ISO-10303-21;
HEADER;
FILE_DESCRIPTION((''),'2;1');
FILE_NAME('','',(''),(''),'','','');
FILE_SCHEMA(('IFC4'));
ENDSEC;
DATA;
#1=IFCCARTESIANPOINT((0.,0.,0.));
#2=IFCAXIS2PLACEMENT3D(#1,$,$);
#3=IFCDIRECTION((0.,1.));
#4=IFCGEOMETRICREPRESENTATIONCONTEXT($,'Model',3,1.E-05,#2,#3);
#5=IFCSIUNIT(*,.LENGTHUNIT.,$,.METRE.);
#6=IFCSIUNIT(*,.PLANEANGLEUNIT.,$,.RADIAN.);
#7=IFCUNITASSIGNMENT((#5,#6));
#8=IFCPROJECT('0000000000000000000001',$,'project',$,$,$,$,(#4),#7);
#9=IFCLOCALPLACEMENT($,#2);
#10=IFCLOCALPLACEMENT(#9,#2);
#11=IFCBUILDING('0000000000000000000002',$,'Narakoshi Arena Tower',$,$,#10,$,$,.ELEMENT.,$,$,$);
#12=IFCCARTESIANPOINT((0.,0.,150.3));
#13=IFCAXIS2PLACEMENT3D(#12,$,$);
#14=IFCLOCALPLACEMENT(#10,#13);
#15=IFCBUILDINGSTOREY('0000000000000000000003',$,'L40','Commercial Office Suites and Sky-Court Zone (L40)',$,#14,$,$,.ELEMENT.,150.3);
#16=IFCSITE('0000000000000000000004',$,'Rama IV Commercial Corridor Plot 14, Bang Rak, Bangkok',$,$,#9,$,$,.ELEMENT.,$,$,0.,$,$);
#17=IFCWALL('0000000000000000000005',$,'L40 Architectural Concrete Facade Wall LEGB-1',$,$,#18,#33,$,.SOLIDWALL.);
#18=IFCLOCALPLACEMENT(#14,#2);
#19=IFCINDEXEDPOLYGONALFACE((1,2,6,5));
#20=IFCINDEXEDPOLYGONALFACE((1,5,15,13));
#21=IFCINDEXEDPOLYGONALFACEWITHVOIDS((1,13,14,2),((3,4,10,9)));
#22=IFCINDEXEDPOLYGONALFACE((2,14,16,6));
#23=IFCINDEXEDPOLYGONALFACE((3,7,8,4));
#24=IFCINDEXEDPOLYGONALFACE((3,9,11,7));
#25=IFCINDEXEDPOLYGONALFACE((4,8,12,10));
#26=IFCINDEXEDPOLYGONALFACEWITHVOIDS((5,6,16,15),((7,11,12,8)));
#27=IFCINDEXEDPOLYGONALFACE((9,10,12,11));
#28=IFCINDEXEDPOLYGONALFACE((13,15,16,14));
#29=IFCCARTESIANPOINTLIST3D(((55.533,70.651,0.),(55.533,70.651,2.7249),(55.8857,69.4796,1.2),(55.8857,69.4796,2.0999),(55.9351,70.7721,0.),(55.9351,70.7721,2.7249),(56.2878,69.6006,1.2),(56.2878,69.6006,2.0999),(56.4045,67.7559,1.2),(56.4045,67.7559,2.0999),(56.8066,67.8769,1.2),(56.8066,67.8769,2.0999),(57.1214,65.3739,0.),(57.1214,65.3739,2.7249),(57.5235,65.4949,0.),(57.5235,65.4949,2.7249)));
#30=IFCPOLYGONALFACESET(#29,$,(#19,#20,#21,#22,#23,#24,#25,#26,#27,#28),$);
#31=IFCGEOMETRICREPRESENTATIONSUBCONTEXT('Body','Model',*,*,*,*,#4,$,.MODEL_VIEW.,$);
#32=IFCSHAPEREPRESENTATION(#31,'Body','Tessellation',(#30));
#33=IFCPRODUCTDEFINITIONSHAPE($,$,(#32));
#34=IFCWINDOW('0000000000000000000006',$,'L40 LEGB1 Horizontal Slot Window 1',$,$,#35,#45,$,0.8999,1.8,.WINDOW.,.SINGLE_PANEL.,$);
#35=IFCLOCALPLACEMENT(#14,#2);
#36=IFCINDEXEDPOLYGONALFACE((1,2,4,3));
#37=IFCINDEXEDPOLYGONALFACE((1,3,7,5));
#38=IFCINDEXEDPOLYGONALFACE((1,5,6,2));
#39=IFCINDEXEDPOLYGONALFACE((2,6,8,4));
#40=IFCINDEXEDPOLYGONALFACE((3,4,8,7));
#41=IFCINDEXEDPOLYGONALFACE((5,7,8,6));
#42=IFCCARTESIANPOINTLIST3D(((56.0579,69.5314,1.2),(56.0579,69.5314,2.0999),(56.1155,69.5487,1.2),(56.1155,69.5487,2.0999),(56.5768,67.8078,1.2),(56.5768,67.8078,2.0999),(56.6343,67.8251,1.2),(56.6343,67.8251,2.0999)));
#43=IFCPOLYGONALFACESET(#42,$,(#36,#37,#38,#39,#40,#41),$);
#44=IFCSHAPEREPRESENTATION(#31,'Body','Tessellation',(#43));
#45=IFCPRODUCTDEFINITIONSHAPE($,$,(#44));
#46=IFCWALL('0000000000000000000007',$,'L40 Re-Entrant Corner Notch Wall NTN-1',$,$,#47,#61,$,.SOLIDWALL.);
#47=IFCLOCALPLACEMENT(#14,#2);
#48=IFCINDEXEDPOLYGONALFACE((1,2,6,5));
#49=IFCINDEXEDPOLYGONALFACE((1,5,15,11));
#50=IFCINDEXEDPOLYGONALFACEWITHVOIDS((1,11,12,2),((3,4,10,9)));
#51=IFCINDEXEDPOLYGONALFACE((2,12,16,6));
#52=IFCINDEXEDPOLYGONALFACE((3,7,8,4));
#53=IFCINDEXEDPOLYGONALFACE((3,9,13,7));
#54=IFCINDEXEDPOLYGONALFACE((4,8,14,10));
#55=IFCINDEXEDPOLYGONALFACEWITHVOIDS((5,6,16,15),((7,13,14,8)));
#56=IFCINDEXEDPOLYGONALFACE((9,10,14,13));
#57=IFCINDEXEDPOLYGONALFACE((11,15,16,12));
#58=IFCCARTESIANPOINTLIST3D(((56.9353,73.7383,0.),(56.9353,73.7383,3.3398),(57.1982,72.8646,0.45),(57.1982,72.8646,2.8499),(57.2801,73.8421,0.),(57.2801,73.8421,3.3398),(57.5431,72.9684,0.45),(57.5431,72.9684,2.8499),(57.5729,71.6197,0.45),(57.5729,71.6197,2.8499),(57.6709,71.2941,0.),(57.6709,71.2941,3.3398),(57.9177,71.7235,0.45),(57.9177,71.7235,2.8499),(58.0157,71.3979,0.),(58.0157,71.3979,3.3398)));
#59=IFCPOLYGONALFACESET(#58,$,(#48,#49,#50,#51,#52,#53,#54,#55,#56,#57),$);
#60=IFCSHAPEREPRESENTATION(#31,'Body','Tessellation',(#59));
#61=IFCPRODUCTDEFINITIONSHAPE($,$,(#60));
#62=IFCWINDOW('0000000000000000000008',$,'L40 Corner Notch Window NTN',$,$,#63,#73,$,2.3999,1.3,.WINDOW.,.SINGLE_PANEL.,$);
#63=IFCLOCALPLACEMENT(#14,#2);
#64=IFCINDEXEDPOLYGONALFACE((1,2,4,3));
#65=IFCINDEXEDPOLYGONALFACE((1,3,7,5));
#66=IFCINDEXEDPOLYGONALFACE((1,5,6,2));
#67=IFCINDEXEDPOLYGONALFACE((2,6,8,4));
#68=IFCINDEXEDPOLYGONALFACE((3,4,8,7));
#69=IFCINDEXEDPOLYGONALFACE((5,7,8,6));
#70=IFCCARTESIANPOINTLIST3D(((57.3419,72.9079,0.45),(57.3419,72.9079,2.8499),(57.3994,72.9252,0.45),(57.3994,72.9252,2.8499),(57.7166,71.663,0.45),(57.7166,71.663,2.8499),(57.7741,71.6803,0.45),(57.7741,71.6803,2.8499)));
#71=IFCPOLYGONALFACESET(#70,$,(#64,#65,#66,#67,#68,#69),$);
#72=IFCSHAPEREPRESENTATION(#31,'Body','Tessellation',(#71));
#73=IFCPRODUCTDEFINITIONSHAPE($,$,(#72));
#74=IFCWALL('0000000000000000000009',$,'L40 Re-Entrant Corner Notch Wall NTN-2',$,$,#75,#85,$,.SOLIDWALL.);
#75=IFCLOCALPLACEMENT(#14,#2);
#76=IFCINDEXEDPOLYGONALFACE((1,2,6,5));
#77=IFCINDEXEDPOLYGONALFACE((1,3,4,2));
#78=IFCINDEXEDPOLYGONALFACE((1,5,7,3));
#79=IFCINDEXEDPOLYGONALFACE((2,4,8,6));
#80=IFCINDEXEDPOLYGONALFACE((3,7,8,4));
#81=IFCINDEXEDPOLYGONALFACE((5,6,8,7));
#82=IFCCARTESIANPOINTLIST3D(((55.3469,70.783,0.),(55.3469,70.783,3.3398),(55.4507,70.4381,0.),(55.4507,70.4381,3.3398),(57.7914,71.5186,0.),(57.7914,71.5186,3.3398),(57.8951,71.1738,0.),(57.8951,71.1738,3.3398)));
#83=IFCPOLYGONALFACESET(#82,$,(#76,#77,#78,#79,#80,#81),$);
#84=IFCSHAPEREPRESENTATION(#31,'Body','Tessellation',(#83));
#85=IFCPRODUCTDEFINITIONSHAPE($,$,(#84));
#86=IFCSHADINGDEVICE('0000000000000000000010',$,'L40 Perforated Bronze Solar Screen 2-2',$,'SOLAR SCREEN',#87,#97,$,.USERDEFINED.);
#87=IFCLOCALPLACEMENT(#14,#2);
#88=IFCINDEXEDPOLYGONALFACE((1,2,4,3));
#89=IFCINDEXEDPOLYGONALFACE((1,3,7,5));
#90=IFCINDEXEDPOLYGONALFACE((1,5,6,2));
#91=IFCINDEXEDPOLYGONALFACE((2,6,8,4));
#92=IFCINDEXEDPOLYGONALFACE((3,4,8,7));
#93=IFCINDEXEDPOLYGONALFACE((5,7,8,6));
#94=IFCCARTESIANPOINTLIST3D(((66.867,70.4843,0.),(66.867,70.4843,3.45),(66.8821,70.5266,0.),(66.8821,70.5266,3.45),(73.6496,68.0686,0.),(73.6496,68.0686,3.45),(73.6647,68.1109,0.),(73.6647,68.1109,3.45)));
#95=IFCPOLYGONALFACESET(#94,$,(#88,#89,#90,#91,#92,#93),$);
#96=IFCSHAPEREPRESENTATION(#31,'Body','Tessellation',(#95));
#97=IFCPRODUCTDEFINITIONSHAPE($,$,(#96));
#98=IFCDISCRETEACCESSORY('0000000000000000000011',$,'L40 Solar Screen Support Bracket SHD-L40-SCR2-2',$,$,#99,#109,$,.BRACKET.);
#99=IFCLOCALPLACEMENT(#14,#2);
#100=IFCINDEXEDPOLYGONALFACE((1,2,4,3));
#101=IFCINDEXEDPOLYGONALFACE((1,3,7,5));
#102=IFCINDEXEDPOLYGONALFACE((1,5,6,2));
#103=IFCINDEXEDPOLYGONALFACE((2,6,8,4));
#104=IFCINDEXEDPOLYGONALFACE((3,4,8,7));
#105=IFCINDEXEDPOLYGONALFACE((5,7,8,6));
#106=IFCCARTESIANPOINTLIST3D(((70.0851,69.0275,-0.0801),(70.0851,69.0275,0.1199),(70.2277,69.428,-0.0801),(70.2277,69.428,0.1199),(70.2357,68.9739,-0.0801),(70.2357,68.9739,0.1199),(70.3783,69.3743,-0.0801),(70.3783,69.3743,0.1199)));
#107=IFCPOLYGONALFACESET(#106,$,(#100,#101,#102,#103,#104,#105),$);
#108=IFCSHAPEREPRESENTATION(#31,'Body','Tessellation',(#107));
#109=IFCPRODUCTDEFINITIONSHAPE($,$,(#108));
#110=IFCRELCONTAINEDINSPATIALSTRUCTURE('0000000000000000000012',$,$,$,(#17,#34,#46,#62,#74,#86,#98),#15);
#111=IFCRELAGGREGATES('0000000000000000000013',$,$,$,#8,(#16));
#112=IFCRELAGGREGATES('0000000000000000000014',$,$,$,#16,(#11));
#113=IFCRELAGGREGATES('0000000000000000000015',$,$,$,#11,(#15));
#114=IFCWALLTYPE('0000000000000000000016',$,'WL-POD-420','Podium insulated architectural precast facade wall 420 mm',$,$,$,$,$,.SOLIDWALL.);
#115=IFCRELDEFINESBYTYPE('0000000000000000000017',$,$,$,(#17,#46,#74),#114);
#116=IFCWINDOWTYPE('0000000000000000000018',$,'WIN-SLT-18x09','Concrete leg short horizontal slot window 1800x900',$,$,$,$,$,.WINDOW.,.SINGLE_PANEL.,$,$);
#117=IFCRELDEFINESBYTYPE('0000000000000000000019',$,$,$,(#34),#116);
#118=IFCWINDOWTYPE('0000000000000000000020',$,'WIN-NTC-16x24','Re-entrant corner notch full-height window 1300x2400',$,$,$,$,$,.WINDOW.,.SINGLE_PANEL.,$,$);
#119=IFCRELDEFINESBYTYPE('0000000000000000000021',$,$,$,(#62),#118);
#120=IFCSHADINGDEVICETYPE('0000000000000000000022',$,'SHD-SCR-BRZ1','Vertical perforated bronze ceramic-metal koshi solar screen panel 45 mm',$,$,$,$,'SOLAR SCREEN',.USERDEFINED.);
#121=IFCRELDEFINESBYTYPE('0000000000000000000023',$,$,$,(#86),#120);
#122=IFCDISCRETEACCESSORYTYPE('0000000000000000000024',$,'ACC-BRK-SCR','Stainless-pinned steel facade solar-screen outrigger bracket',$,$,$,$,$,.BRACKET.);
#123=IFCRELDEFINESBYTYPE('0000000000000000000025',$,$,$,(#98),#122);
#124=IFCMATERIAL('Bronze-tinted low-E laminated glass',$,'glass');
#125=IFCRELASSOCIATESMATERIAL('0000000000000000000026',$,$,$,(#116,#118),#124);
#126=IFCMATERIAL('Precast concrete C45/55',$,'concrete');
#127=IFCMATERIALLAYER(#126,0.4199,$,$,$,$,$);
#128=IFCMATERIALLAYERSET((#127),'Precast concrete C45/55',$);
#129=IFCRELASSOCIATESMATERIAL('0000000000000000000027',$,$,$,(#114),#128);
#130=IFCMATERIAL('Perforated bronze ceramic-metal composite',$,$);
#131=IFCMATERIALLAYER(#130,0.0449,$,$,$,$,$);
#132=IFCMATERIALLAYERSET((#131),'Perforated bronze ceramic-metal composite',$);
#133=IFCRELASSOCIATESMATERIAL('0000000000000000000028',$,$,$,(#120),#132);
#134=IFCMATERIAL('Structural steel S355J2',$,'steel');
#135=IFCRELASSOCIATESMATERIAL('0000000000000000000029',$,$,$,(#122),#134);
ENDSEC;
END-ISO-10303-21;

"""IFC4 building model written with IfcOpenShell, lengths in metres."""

from ifc_helpers import new_model, si_unit, direction, frame, frame_2d, origin, origin_2d, place, context, subcontext, project, spatial, rectangle, extrude, material, layer, layer_set, type_object, element, fill, save


model = new_model("IFC4")

# Units and contexts
model_context = context("Model", 3, precision=1e-05, world=origin(), true_north=direction((0.0, 1.0)))
body_context = subcontext(model_context, "Body", "Model", "MODEL_VIEW")
ifc_project = project(units=[si_unit("LENGTHUNIT", "METRE"), si_unit("PLANEANGLEUNIT", "RADIAN")], contexts=[model_context])

# Site, building, storey
site_placement = place(None, origin())
site = spatial("IfcSite", under=ifc_project, at=site_placement, Name="Rama IV Commercial Corridor Plot 14, Bang Rak, Bangkok", CompositionType="ELEMENT", RefElevation=0.0)
building_placement = place(site_placement, origin())
building = spatial("IfcBuilding", under=site, at=building_placement, Name="Narakoshi Arena Tower", CompositionType="ELEMENT")
storey_placement = place(building_placement, frame((0.0, 0.0, 150.3)))
storey = spatial("IfcBuildingStorey", under=building, at=storey_placement, Name="L40", Description="Commercial Office Suites and Sky-Court Zone (L40)", CompositionType="ELEMENT", Elevation=150.3)

# Shared definitions
ifc_material_1 = material(Name="Structural steel S355J2", Category="steel")

# Shared definitions
ifc_material_2 = material(Name="Bronze-tinted low-E laminated glass", Category="glass")

# Shared definitions
window_type_1 = type_object("IfcWindowType", Name="WIN-SLT-18x09", Description="Concrete leg short horizontal slot window 1800x900", PartitioningType="SINGLE_PANEL", PredefinedType="WINDOW", material=ifc_material_2)

# Shared definitions
ifc_material_3 = material(Name="Precast concrete C45/55", Category="concrete")

# Walls, openings, windows
ifc_layer_1 = layer(ifc_material_3, 0.4199)
ifc_layer_set_1 = layer_set([ifc_layer_1], Name="Precast concrete C45/55")
wall_type_1 = type_object("IfcWallType", Name="WL-POD-420", Description="Podium insulated architectural precast facade wall 420 mm", PredefinedType="SOLIDWALL", material=ifc_layer_set_1)
wall_1_placement = place(storey_placement, frame((55.7341, 70.7114, 0.0), z_axis=(0.0, 0.0, 1.0), x_axis=(0.288222, -0.957564, 0.0)))
wall_1 = element("IfcWall", 1, at=wall_1_placement, inside=storey, type_object=wall_type_1, Name="L40 Architectural Concrete Facade Wall LEGB-1", PredefinedType="SOLIDWALL", context=body_context, shape_type="SweptSolid", body=[
    extrude(rectangle(XDim=5.511, YDim=0.4199, at=frame_2d((2.7554, 0.0))), origin(), (0.0, 0.0, 1.0), 2.7249),
])
opening_1_placement = place(wall_1_placement, frame((1.2234, 0.0, 1.2)))
opening_1 = element("IfcOpeningElement", 2, at=opening_1_placement, cuts=wall_1, PredefinedType="OPENING", context=body_context, shape_type="SweptSolid", body=[
    extrude(rectangle(XDim=1.8, YDim=0.8999, at=frame_2d((0.8999, 0.45))), frame((0.0, 0.22, 0.0), z_axis=(0.0, -1.0, 0.0), x_axis=(1.0, 0.0, 0.0)), (0.0, 0.0, 1.0), 0.4399),
])
window_1_placement = place(opening_1_placement, origin())
window_1 = element("IfcWindow", 3, at=window_1_placement, inside=storey, type_object=window_type_1, Name="L40 LEGB1 Horizontal Slot Window 1", OverallHeight=0.8999, OverallWidth=1.8, PartitioningType="SINGLE_PANEL", PredefinedType="WINDOW", context=body_context, shape_type="SweptSolid", body=[
    extrude(rectangle(XDim=1.8, YDim=0.8999, at=frame_2d((0.8999, 0.45))), frame((0.0, 0.03, 0.0), z_axis=(0.0, -1.0, 0.0), x_axis=(1.0, 0.0, 0.0)), (0.0, 0.0, 1.0), 0.0601),
])
fill(opening_1, window_1)
wall_2_placement = place(storey_placement, frame((57.1077, 73.7903, 0.0), z_axis=(0.0, 0.0, 1.0), x_axis=(0.288199, -0.957571, 0.0)))
wall_2 = element("IfcWall", 4, at=wall_2_placement, inside=storey, type_object=wall_type_1, Name="L40 Re-Entrant Corner Notch Wall NTN-1", PredefinedType="SOLIDWALL", context=body_context, shape_type="SweptSolid", body=[
    extrude(rectangle(XDim=2.5525, YDim=0.3601, at=frame_2d((1.2764, 0.0))), origin(), (0.0, 0.0, 1.0), 3.3398),
])
opening_2_placement = place(wall_2_placement, frame((0.9126, 0.0, 0.45)))
opening_2 = element("IfcOpeningElement", 5, at=opening_2_placement, cuts=wall_2, PredefinedType="OPENING", context=body_context, shape_type="SweptSolid", body=[
    extrude(rectangle(XDim=1.3, YDim=2.3999, at=frame_2d((0.6499, 1.2))), frame((0.0, 0.1899, 0.0), z_axis=(0.0, -1.0, 0.0), x_axis=(1.0, 0.0, 0.0)), (0.0, 0.0, 1.0), 0.3801),
])
window_type_2 = type_object("IfcWindowType", Name="WIN-NTC-16x24", Description="Re-entrant corner notch full-height window 1300x2400", PartitioningType="SINGLE_PANEL", PredefinedType="WINDOW", material=ifc_material_2)
window_2_placement = place(opening_2_placement, origin())
window_2 = element("IfcWindow", 6, at=window_2_placement, inside=storey, type_object=window_type_2, Name="L40 Corner Notch Window NTN", OverallHeight=2.3999, OverallWidth=1.3, PartitioningType="SINGLE_PANEL", PredefinedType="WINDOW", context=body_context, shape_type="SweptSolid", body=[
    extrude(rectangle(XDim=1.3, YDim=2.3999, at=frame_2d((0.6499, 1.2))), frame((0.0, 0.03, 0.0), z_axis=(0.0, -1.0, 0.0), x_axis=(1.0, 0.0, 0.0)), (0.0, 0.0, 1.0), 0.0601),
])
fill(opening_2, window_2)

# Wall
wall_3_placement = place(storey_placement, frame((57.8433, 71.3462, 0.0), z_axis=(0.0, 0.0, 1.0), x_axis=(-0.957578, -0.288173, 0.0)))
element("IfcWall", 7, at=wall_3_placement, inside=storey, type_object=wall_type_1, Name="L40 Re-Entrant Corner Notch Wall NTN-2", PredefinedType="SOLIDWALL", context=body_context, shape_type="SweptSolid", body=[
    extrude(rectangle(XDim=2.5527, YDim=0.3601, at=frame_2d((1.2764, 0.0))), origin(), (0.0, 0.0, 1.0), 3.3398),
])

# Shading device
ifc_material_4 = material(Name="Perforated bronze ceramic-metal composite")
ifc_layer_2 = layer(ifc_material_4, 0.0449)
ifc_layer_set_2 = layer_set([ifc_layer_2], Name="Perforated bronze ceramic-metal composite")
shading_device_type = type_object("IfcShadingDeviceType", Name="SHD-SCR-BRZ1", Description="Vertical perforated bronze ceramic-metal koshi solar screen panel 45 mm", ElementType="SOLAR SCREEN", PredefinedType="USERDEFINED", material=ifc_layer_set_2)
shading_device_placement = place(storey_placement, frame((70.2659, 69.2976, 0.0), z_axis=(0.0, 0.0, 1.0), x_axis=(-0.942034, 0.335517, 0.0)))
element("IfcShadingDevice", 8, at=shading_device_placement, inside=storey, type_object=shading_device_type, Name="L40 Perforated Bronze Solar Screen 2-2", ObjectType="SOLAR SCREEN", PredefinedType="USERDEFINED", context=body_context, shape_type="SweptSolid", body=[
    extrude(rectangle(XDim=7.2, YDim=0.0449, at=origin_2d()), origin(), (0.0, 0.0, 1.0), 3.45),
])

# Discrete accessory
discrete_accessory_type = type_object("IfcDiscreteAccessoryType", Name="ACC-BRK-SCR", Description="Stainless-pinned steel facade solar-screen outrigger bracket", PredefinedType="BRACKET", material=ifc_material_1)
discrete_accessory_placement = place(storey_placement, frame((70.2317, 69.2009, -0.0801), z_axis=(0.0, 0.0, 1.0), x_axis=(-0.942034, 0.335517, 0.0)))
element("IfcDiscreteAccessory", 9, at=discrete_accessory_placement, inside=storey, type_object=discrete_accessory_type, Name="L40 Solar Screen Support Bracket SHD-L40-SCR2-2", PredefinedType="BRACKET", context=body_context, shape_type="SweptSolid", body=[
    extrude(rectangle(XDim=0.1599, YDim=0.425, at=origin_2d()), origin(), (0.0, 0.0, 1.0), 0.2),
])

save(model, "model.ifc")
